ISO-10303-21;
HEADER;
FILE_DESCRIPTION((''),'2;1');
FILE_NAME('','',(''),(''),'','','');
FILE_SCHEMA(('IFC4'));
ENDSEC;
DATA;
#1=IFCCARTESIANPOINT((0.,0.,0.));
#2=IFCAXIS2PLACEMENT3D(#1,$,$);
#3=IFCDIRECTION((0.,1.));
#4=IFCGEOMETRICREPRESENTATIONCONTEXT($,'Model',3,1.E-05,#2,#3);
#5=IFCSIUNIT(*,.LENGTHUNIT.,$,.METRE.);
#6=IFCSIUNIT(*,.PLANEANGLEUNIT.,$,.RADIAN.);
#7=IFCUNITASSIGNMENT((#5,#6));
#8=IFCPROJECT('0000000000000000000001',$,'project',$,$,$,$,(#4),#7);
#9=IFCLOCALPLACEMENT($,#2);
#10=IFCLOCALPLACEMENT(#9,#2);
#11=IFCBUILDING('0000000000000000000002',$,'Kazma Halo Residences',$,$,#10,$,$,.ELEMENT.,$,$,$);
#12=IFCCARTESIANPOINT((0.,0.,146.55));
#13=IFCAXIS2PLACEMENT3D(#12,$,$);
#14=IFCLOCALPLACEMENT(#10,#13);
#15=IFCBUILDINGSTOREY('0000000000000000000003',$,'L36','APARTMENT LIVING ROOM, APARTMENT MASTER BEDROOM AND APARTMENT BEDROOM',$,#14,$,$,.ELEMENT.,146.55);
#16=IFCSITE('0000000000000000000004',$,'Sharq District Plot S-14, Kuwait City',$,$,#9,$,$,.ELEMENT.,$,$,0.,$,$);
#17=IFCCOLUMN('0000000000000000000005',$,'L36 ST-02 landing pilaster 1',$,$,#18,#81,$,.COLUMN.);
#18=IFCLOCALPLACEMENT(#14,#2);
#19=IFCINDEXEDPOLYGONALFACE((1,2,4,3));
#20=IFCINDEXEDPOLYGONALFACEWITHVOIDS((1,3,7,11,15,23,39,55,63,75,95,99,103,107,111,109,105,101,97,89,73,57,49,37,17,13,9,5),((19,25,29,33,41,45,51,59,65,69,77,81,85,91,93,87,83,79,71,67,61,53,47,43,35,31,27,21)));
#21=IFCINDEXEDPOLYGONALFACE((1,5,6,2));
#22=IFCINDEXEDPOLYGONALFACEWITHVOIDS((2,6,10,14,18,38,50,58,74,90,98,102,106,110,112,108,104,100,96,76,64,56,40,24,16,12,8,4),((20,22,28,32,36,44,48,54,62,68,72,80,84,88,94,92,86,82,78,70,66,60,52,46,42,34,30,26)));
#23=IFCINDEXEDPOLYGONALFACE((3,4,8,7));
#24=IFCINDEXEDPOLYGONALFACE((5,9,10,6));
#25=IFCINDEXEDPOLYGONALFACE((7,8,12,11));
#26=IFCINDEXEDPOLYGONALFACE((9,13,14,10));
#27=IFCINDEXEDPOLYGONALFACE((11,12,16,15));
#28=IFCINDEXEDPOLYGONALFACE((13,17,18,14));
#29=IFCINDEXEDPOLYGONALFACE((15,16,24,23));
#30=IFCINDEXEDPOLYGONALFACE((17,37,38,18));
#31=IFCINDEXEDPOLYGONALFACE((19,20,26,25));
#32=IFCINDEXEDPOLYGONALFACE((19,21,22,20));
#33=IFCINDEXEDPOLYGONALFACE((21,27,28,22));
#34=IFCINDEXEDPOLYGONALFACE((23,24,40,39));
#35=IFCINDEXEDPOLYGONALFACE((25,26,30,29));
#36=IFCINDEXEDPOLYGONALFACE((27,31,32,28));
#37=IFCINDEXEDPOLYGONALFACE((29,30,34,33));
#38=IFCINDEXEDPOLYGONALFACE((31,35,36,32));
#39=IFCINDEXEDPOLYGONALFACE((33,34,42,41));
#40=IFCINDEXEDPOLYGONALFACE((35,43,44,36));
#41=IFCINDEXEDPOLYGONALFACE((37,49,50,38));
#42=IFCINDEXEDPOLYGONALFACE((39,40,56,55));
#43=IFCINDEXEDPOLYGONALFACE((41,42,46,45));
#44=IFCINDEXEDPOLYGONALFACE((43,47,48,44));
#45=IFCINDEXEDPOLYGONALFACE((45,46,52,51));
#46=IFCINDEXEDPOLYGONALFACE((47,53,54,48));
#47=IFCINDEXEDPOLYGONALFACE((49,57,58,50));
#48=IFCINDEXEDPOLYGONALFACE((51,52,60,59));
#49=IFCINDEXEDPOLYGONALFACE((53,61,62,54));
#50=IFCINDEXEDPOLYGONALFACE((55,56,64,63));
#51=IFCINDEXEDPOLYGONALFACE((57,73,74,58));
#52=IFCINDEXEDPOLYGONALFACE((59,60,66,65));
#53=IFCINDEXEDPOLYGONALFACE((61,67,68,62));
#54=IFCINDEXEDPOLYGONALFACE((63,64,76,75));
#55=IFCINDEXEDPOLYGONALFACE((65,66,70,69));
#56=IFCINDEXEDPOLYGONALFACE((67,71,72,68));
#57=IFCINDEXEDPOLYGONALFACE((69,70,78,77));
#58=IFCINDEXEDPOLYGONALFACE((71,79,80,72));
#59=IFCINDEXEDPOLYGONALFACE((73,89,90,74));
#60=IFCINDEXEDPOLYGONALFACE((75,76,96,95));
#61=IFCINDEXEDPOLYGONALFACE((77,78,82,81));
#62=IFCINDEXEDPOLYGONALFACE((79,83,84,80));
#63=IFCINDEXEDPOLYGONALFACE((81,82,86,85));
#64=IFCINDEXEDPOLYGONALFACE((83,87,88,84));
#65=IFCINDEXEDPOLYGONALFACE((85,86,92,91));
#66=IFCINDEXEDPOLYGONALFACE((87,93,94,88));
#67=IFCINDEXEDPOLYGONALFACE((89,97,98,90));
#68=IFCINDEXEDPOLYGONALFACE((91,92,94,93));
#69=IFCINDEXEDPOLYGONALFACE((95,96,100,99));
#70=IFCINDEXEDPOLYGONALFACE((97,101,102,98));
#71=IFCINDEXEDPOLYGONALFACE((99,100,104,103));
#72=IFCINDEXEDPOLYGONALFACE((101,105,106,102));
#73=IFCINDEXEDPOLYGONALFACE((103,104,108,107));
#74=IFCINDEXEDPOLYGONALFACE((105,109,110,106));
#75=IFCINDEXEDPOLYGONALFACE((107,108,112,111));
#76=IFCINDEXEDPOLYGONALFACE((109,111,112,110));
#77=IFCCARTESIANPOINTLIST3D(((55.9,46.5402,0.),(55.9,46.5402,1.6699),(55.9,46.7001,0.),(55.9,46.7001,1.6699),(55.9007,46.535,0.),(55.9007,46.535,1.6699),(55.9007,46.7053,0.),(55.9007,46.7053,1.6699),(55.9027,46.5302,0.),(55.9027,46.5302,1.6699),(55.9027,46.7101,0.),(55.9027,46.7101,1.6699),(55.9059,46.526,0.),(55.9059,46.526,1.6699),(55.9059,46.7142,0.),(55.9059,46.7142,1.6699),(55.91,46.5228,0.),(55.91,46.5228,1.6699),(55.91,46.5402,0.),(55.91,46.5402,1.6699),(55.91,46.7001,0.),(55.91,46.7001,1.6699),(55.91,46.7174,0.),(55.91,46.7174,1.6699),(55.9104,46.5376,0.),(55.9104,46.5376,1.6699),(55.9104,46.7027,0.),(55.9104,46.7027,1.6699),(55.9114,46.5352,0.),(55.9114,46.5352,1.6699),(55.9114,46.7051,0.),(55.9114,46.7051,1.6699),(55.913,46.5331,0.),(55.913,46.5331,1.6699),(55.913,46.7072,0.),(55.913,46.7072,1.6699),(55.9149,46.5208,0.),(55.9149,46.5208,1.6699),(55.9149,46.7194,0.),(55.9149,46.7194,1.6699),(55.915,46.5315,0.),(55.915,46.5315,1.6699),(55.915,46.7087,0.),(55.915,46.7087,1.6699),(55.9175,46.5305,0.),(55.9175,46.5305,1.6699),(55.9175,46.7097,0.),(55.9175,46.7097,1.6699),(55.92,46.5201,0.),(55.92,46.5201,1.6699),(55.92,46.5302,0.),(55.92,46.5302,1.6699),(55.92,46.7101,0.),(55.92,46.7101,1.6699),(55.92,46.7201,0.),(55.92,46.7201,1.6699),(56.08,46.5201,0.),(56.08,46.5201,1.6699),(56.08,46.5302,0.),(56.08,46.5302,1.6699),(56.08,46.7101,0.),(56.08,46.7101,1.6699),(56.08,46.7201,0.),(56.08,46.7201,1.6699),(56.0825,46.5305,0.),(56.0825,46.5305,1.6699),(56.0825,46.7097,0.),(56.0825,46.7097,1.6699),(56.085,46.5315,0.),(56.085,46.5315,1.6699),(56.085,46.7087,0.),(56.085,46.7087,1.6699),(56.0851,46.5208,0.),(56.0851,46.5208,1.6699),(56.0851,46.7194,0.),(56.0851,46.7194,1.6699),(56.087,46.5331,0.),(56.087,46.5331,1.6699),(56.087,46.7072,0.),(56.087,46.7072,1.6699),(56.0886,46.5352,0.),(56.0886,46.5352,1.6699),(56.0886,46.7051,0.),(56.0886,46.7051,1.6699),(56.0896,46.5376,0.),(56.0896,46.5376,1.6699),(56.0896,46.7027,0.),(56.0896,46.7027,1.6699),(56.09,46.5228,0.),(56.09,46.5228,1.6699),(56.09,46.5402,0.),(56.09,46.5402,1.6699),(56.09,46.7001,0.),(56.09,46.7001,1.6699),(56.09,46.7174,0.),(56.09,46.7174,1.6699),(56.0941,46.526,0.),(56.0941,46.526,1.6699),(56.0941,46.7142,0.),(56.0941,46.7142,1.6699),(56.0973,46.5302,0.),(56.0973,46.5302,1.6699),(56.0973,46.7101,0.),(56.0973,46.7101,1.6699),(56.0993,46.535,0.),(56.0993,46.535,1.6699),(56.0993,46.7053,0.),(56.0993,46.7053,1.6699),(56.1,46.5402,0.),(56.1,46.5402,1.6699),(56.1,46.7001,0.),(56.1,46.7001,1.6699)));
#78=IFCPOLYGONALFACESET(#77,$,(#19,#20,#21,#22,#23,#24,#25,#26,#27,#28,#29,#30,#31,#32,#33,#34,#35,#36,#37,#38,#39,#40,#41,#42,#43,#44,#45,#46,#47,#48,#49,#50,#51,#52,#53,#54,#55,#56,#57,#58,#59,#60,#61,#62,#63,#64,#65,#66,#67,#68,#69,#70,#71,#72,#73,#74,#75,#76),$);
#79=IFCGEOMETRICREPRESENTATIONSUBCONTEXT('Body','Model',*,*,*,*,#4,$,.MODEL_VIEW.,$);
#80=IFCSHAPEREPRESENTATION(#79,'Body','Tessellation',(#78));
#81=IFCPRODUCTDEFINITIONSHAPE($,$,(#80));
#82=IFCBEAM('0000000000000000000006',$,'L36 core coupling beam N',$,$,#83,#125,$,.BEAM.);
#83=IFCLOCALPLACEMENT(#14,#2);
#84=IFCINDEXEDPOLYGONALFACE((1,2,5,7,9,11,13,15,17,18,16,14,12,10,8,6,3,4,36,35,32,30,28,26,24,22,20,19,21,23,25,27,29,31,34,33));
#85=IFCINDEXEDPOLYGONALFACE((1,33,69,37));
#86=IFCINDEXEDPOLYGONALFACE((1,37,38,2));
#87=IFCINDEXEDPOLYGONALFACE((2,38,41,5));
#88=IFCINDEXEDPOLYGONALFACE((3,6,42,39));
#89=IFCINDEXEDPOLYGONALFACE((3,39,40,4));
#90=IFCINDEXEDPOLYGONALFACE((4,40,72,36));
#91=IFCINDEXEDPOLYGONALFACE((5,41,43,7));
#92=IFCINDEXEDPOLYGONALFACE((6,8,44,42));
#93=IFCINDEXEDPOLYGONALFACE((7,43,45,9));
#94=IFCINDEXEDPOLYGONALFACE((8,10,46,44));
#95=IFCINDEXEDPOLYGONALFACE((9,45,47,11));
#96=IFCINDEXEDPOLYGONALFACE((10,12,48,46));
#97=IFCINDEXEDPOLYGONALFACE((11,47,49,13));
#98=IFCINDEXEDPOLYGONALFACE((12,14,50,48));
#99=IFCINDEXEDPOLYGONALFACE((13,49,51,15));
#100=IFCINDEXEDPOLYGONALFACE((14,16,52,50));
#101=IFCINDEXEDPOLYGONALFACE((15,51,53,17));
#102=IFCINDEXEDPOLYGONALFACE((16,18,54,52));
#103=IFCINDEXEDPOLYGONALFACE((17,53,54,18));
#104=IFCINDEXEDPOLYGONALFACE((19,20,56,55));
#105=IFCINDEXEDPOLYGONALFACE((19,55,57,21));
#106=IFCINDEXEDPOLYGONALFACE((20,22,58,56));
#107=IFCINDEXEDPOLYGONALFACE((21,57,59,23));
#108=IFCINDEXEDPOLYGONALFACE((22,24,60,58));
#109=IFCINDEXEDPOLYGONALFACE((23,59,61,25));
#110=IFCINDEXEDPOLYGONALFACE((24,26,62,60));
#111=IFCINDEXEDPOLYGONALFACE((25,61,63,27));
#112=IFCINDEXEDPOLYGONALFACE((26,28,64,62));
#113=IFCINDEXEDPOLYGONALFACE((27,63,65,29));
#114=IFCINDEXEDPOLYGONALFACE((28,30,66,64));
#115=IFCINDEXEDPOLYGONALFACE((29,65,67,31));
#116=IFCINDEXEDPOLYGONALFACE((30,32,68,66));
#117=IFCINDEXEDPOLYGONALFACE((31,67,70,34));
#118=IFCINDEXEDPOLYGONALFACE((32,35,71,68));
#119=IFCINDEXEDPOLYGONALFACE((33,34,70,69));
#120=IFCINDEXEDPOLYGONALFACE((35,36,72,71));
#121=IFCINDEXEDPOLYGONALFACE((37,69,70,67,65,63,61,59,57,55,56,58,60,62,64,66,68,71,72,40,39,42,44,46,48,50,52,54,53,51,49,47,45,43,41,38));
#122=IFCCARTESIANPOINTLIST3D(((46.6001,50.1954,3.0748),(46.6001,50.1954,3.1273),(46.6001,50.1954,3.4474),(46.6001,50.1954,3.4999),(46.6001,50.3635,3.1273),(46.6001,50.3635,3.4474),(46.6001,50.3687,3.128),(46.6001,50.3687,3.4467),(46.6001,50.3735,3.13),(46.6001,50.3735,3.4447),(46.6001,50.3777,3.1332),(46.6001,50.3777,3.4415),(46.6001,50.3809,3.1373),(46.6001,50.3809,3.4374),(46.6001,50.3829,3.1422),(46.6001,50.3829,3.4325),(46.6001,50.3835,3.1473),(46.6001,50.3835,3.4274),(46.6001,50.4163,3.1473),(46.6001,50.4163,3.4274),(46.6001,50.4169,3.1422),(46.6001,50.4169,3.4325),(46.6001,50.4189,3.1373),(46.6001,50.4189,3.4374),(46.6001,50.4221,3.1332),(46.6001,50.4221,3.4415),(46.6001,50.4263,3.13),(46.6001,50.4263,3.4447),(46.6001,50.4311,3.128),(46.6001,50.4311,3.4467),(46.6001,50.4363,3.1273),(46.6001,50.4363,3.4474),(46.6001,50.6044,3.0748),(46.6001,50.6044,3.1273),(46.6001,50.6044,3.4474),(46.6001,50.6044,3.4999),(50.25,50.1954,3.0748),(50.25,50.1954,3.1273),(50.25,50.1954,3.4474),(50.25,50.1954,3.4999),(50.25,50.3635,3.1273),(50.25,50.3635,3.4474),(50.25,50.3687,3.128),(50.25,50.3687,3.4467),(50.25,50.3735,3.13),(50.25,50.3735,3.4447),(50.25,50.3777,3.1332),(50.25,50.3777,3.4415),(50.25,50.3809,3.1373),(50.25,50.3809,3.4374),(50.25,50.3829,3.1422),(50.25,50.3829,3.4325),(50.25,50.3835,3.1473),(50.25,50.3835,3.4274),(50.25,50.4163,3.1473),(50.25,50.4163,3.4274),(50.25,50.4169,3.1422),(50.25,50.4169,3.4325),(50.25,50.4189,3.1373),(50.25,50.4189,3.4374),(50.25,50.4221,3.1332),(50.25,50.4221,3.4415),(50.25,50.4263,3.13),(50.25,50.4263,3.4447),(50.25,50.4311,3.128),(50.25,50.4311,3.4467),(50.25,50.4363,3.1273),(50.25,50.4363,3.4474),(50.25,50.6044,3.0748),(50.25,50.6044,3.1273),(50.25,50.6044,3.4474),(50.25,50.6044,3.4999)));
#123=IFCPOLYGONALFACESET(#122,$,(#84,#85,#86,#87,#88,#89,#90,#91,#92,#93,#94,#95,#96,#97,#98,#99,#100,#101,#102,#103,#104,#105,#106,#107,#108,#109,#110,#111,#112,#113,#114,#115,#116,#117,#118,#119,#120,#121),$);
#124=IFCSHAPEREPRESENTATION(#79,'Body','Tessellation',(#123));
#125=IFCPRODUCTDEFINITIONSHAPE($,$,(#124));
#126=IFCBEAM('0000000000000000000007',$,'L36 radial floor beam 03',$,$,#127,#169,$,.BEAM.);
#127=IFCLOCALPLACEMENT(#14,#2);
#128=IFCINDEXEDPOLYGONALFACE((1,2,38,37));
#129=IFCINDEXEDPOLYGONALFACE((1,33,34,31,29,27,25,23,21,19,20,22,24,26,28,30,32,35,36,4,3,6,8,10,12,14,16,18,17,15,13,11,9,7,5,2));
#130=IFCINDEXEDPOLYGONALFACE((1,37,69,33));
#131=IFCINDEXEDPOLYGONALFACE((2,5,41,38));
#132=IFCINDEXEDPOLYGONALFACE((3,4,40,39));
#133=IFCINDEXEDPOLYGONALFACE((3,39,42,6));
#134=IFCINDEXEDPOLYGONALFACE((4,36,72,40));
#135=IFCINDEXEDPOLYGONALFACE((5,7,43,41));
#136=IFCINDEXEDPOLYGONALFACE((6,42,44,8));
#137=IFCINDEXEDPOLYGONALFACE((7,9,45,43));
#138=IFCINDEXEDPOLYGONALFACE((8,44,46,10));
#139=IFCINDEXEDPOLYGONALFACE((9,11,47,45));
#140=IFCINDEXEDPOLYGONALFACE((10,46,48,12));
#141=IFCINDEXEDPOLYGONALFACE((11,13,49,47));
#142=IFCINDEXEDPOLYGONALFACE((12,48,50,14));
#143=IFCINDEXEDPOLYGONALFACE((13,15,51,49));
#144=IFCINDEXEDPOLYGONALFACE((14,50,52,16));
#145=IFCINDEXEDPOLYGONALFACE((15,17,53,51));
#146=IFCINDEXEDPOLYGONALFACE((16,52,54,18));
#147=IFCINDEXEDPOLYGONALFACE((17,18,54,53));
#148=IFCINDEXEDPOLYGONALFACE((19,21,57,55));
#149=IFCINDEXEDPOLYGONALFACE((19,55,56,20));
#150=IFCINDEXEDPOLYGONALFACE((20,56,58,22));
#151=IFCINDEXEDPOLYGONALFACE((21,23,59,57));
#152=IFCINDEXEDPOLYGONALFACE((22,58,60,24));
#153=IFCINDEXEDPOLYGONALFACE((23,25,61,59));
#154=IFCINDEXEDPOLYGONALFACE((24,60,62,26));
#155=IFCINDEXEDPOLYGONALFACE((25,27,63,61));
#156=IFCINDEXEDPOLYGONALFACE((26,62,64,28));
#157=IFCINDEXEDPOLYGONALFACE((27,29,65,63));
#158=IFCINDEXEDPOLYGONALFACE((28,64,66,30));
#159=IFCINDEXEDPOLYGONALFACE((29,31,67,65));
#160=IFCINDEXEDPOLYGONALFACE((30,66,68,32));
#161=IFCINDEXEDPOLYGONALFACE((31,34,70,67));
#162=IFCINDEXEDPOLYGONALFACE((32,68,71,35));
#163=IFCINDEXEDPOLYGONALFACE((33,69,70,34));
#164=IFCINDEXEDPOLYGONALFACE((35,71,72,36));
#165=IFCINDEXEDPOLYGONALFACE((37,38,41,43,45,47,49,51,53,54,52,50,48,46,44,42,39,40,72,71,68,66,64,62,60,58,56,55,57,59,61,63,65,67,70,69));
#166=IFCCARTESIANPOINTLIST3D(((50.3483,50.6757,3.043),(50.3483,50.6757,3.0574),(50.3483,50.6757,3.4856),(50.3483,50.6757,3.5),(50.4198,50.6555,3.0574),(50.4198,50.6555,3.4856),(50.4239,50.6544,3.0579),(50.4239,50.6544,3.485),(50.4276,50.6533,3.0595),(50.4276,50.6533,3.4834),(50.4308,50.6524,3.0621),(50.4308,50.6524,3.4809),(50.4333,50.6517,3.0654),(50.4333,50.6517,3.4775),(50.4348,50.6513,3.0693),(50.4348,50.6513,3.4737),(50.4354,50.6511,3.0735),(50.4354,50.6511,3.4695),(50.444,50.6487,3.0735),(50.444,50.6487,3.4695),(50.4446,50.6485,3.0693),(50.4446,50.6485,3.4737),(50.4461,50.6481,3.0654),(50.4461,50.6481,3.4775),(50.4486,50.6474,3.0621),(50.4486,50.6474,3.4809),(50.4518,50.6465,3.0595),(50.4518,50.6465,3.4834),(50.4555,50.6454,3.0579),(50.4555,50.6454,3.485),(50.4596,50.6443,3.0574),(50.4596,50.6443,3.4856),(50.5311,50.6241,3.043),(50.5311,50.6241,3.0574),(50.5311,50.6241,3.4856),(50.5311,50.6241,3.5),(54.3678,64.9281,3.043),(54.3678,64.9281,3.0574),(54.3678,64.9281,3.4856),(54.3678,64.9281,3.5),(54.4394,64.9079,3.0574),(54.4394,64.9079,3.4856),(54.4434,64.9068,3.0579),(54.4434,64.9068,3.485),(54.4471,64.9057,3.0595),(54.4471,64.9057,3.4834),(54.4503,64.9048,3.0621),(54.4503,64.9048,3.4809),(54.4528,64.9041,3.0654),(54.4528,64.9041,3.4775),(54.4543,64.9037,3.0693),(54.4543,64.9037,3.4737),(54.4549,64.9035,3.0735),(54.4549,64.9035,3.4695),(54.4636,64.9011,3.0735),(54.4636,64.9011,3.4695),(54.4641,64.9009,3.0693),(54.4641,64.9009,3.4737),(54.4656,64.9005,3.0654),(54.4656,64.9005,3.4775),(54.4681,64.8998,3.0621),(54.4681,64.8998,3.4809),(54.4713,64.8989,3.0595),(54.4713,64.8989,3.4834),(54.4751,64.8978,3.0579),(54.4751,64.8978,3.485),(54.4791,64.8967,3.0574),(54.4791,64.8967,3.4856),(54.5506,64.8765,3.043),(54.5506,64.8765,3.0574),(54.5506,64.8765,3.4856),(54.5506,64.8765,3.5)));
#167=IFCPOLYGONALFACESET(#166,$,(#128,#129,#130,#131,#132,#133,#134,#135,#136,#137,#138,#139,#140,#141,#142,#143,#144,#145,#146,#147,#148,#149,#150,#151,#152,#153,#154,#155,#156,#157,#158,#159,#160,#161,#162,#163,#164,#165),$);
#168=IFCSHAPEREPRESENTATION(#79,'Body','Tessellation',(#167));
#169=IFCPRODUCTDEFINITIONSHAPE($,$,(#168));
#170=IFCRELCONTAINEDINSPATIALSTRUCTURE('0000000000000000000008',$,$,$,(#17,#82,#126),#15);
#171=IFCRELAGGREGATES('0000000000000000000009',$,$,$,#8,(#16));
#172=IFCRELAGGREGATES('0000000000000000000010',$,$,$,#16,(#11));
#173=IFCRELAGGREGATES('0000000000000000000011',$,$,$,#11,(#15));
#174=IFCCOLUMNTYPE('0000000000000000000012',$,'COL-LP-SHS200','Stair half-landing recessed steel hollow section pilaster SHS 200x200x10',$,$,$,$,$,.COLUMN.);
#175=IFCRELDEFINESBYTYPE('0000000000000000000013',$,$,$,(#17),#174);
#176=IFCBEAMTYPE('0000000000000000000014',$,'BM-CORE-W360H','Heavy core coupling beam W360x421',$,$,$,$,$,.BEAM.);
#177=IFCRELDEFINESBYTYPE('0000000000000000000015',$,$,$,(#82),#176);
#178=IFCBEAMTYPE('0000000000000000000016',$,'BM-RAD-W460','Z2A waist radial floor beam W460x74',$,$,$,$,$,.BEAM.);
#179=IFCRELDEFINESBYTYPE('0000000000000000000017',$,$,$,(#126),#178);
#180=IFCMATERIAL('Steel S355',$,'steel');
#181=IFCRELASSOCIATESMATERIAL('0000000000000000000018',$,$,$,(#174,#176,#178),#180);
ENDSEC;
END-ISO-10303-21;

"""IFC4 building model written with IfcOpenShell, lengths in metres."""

from ifc_helpers import new_model, si_unit, direction, frame, origin, origin_2d, place, context, subcontext, project, spatial, hollow_rectangle, i_section, extrude, material, material_profile, profile_set, type_object, element, save


model = new_model("IFC4")

# Units and contexts
model_context = context("Model", 3, precision=1e-05, world=origin(), true_north=direction((0.0, 1.0)))
body_context = subcontext(model_context, "Body", "Model", "MODEL_VIEW")
ifc_project = project(units=[si_unit("LENGTHUNIT", "METRE"), si_unit("PLANEANGLEUNIT", "RADIAN")], contexts=[model_context])

# Site, building, storey
site_placement = place(None, origin())
site = spatial("IfcSite", under=ifc_project, at=site_placement, Name="Sharq District Plot S-14, Kuwait City", CompositionType="ELEMENT", RefElevation=0.0)
building_placement = place(site_placement, origin())
building = spatial("IfcBuilding", under=site, at=building_placement, Name="Kazma Halo Residences", CompositionType="ELEMENT")
storey_placement = place(building_placement, frame((0.0, 0.0, 146.55)))
storey = spatial("IfcBuildingStorey", under=building, at=storey_placement, Name="L36", Description="APARTMENT LIVING ROOM, APARTMENT MASTER BEDROOM AND APARTMENT BEDROOM", CompositionType="ELEMENT", Elevation=146.55)

# Column
ifc_material_1 = material(Name="Steel S355", Category="steel")
ifc_material_profile_1 = material_profile(ifc_material_1, hollow_rectangle(XDim=0.2, YDim=0.2, WallThickness=0.01, InnerFilletRadius=0.01, OuterFilletRadius=0.02, at=origin_2d()), Name="SHS200x200x10")
ifc_profile_set_1 = profile_set([ifc_material_profile_1], Name="Steel S355")
column_type = type_object("IfcColumnType", Name="COL-LP-SHS200", Description="Stair half-landing recessed steel hollow section pilaster SHS 200x200x10", PredefinedType="COLUMN", material=ifc_profile_set_1)
column_placement = place(storey_placement, frame((56.0, 46.6201, 0.0), z_axis=(0.0, 0.0, 1.0), x_axis=(1.0, 0.0, 0.0)))
element("IfcColumn", 1, at=column_placement, inside=storey, type_object=column_type, Name="L36 ST-02 landing pilaster 1", PredefinedType="COLUMN", context=body_context, shape_type="SweptSolid", body=[
    extrude(hollow_rectangle(XDim=0.2, YDim=0.2, WallThickness=0.01, InnerFilletRadius=0.01, OuterFilletRadius=0.02, at=origin_2d()), origin(), (0.0, 0.0, 1.0), 1.6699),
])

# Beams
ifc_material_profile_2 = material_profile(ifc_material_1, i_section(OverallWidth=0.4089, OverallDepth=0.425, WebThickness=0.0327, FlangeThickness=0.0525, FilletRadius=0.02, at=origin_2d()), Name="W360x421")
ifc_profile_set_2 = profile_set([ifc_material_profile_2], Name="Steel S355")
beam_type_1 = type_object("IfcBeamType", Name="BM-CORE-W360H", Description="Heavy core coupling beam W360x421", PredefinedType="BEAM", material=ifc_profile_set_2)
beam_1_placement = place(storey_placement, frame((46.6001, 50.3999, 3.2874), z_axis=(1.0, 0.0, 0.0), x_axis=(0.0, 1.0, 0.0)))
element("IfcBeam", 2, at=beam_1_placement, inside=storey, type_object=beam_type_1, Name="L36 core coupling beam N", PredefinedType="BEAM", context=body_context, shape_type="SweptSolid", body=[
    extrude(i_section(OverallWidth=0.4089, OverallDepth=0.425, WebThickness=0.0327, FlangeThickness=0.0525, FilletRadius=0.02, at=origin_2d()), origin(), (0.0, 0.0, 1.0), 3.6499),
])
ifc_material_profile_3 = material_profile(ifc_material_1, i_section(OverallWidth=0.1899, OverallDepth=0.457, WebThickness=0.009, FlangeThickness=0.0144, FilletRadius=0.0161, at=origin_2d()), Name="W460x74")
ifc_profile_set_3 = profile_set([ifc_material_profile_3], Name="Steel S355")
beam_type_2 = type_object("IfcBeamType", Name="BM-RAD-W460", Description="Z2A waist radial floor beam W460x74", PredefinedType="BEAM", material=ifc_profile_set_3)
beam_2_placement = place(storey_placement, frame((50.4397, 50.6499, 3.2715), z_axis=(0.271436, 0.962457, 0.0), x_axis=(-0.962457, 0.271436, 0.0)))
element("IfcBeam", 3, at=beam_2_placement, inside=storey, type_object=beam_type_2, Name="L36 radial floor beam 03", PredefinedType="BEAM", context=body_context, shape_type="SweptSolid", body=[
    extrude(i_section(OverallWidth=0.1899, OverallDepth=0.457, WebThickness=0.009, FlangeThickness=0.0144, FilletRadius=0.0161, at=origin_2d()), origin(), (0.0, 0.0, 1.0), 14.8083),
])

save(model, "model.ifc")
